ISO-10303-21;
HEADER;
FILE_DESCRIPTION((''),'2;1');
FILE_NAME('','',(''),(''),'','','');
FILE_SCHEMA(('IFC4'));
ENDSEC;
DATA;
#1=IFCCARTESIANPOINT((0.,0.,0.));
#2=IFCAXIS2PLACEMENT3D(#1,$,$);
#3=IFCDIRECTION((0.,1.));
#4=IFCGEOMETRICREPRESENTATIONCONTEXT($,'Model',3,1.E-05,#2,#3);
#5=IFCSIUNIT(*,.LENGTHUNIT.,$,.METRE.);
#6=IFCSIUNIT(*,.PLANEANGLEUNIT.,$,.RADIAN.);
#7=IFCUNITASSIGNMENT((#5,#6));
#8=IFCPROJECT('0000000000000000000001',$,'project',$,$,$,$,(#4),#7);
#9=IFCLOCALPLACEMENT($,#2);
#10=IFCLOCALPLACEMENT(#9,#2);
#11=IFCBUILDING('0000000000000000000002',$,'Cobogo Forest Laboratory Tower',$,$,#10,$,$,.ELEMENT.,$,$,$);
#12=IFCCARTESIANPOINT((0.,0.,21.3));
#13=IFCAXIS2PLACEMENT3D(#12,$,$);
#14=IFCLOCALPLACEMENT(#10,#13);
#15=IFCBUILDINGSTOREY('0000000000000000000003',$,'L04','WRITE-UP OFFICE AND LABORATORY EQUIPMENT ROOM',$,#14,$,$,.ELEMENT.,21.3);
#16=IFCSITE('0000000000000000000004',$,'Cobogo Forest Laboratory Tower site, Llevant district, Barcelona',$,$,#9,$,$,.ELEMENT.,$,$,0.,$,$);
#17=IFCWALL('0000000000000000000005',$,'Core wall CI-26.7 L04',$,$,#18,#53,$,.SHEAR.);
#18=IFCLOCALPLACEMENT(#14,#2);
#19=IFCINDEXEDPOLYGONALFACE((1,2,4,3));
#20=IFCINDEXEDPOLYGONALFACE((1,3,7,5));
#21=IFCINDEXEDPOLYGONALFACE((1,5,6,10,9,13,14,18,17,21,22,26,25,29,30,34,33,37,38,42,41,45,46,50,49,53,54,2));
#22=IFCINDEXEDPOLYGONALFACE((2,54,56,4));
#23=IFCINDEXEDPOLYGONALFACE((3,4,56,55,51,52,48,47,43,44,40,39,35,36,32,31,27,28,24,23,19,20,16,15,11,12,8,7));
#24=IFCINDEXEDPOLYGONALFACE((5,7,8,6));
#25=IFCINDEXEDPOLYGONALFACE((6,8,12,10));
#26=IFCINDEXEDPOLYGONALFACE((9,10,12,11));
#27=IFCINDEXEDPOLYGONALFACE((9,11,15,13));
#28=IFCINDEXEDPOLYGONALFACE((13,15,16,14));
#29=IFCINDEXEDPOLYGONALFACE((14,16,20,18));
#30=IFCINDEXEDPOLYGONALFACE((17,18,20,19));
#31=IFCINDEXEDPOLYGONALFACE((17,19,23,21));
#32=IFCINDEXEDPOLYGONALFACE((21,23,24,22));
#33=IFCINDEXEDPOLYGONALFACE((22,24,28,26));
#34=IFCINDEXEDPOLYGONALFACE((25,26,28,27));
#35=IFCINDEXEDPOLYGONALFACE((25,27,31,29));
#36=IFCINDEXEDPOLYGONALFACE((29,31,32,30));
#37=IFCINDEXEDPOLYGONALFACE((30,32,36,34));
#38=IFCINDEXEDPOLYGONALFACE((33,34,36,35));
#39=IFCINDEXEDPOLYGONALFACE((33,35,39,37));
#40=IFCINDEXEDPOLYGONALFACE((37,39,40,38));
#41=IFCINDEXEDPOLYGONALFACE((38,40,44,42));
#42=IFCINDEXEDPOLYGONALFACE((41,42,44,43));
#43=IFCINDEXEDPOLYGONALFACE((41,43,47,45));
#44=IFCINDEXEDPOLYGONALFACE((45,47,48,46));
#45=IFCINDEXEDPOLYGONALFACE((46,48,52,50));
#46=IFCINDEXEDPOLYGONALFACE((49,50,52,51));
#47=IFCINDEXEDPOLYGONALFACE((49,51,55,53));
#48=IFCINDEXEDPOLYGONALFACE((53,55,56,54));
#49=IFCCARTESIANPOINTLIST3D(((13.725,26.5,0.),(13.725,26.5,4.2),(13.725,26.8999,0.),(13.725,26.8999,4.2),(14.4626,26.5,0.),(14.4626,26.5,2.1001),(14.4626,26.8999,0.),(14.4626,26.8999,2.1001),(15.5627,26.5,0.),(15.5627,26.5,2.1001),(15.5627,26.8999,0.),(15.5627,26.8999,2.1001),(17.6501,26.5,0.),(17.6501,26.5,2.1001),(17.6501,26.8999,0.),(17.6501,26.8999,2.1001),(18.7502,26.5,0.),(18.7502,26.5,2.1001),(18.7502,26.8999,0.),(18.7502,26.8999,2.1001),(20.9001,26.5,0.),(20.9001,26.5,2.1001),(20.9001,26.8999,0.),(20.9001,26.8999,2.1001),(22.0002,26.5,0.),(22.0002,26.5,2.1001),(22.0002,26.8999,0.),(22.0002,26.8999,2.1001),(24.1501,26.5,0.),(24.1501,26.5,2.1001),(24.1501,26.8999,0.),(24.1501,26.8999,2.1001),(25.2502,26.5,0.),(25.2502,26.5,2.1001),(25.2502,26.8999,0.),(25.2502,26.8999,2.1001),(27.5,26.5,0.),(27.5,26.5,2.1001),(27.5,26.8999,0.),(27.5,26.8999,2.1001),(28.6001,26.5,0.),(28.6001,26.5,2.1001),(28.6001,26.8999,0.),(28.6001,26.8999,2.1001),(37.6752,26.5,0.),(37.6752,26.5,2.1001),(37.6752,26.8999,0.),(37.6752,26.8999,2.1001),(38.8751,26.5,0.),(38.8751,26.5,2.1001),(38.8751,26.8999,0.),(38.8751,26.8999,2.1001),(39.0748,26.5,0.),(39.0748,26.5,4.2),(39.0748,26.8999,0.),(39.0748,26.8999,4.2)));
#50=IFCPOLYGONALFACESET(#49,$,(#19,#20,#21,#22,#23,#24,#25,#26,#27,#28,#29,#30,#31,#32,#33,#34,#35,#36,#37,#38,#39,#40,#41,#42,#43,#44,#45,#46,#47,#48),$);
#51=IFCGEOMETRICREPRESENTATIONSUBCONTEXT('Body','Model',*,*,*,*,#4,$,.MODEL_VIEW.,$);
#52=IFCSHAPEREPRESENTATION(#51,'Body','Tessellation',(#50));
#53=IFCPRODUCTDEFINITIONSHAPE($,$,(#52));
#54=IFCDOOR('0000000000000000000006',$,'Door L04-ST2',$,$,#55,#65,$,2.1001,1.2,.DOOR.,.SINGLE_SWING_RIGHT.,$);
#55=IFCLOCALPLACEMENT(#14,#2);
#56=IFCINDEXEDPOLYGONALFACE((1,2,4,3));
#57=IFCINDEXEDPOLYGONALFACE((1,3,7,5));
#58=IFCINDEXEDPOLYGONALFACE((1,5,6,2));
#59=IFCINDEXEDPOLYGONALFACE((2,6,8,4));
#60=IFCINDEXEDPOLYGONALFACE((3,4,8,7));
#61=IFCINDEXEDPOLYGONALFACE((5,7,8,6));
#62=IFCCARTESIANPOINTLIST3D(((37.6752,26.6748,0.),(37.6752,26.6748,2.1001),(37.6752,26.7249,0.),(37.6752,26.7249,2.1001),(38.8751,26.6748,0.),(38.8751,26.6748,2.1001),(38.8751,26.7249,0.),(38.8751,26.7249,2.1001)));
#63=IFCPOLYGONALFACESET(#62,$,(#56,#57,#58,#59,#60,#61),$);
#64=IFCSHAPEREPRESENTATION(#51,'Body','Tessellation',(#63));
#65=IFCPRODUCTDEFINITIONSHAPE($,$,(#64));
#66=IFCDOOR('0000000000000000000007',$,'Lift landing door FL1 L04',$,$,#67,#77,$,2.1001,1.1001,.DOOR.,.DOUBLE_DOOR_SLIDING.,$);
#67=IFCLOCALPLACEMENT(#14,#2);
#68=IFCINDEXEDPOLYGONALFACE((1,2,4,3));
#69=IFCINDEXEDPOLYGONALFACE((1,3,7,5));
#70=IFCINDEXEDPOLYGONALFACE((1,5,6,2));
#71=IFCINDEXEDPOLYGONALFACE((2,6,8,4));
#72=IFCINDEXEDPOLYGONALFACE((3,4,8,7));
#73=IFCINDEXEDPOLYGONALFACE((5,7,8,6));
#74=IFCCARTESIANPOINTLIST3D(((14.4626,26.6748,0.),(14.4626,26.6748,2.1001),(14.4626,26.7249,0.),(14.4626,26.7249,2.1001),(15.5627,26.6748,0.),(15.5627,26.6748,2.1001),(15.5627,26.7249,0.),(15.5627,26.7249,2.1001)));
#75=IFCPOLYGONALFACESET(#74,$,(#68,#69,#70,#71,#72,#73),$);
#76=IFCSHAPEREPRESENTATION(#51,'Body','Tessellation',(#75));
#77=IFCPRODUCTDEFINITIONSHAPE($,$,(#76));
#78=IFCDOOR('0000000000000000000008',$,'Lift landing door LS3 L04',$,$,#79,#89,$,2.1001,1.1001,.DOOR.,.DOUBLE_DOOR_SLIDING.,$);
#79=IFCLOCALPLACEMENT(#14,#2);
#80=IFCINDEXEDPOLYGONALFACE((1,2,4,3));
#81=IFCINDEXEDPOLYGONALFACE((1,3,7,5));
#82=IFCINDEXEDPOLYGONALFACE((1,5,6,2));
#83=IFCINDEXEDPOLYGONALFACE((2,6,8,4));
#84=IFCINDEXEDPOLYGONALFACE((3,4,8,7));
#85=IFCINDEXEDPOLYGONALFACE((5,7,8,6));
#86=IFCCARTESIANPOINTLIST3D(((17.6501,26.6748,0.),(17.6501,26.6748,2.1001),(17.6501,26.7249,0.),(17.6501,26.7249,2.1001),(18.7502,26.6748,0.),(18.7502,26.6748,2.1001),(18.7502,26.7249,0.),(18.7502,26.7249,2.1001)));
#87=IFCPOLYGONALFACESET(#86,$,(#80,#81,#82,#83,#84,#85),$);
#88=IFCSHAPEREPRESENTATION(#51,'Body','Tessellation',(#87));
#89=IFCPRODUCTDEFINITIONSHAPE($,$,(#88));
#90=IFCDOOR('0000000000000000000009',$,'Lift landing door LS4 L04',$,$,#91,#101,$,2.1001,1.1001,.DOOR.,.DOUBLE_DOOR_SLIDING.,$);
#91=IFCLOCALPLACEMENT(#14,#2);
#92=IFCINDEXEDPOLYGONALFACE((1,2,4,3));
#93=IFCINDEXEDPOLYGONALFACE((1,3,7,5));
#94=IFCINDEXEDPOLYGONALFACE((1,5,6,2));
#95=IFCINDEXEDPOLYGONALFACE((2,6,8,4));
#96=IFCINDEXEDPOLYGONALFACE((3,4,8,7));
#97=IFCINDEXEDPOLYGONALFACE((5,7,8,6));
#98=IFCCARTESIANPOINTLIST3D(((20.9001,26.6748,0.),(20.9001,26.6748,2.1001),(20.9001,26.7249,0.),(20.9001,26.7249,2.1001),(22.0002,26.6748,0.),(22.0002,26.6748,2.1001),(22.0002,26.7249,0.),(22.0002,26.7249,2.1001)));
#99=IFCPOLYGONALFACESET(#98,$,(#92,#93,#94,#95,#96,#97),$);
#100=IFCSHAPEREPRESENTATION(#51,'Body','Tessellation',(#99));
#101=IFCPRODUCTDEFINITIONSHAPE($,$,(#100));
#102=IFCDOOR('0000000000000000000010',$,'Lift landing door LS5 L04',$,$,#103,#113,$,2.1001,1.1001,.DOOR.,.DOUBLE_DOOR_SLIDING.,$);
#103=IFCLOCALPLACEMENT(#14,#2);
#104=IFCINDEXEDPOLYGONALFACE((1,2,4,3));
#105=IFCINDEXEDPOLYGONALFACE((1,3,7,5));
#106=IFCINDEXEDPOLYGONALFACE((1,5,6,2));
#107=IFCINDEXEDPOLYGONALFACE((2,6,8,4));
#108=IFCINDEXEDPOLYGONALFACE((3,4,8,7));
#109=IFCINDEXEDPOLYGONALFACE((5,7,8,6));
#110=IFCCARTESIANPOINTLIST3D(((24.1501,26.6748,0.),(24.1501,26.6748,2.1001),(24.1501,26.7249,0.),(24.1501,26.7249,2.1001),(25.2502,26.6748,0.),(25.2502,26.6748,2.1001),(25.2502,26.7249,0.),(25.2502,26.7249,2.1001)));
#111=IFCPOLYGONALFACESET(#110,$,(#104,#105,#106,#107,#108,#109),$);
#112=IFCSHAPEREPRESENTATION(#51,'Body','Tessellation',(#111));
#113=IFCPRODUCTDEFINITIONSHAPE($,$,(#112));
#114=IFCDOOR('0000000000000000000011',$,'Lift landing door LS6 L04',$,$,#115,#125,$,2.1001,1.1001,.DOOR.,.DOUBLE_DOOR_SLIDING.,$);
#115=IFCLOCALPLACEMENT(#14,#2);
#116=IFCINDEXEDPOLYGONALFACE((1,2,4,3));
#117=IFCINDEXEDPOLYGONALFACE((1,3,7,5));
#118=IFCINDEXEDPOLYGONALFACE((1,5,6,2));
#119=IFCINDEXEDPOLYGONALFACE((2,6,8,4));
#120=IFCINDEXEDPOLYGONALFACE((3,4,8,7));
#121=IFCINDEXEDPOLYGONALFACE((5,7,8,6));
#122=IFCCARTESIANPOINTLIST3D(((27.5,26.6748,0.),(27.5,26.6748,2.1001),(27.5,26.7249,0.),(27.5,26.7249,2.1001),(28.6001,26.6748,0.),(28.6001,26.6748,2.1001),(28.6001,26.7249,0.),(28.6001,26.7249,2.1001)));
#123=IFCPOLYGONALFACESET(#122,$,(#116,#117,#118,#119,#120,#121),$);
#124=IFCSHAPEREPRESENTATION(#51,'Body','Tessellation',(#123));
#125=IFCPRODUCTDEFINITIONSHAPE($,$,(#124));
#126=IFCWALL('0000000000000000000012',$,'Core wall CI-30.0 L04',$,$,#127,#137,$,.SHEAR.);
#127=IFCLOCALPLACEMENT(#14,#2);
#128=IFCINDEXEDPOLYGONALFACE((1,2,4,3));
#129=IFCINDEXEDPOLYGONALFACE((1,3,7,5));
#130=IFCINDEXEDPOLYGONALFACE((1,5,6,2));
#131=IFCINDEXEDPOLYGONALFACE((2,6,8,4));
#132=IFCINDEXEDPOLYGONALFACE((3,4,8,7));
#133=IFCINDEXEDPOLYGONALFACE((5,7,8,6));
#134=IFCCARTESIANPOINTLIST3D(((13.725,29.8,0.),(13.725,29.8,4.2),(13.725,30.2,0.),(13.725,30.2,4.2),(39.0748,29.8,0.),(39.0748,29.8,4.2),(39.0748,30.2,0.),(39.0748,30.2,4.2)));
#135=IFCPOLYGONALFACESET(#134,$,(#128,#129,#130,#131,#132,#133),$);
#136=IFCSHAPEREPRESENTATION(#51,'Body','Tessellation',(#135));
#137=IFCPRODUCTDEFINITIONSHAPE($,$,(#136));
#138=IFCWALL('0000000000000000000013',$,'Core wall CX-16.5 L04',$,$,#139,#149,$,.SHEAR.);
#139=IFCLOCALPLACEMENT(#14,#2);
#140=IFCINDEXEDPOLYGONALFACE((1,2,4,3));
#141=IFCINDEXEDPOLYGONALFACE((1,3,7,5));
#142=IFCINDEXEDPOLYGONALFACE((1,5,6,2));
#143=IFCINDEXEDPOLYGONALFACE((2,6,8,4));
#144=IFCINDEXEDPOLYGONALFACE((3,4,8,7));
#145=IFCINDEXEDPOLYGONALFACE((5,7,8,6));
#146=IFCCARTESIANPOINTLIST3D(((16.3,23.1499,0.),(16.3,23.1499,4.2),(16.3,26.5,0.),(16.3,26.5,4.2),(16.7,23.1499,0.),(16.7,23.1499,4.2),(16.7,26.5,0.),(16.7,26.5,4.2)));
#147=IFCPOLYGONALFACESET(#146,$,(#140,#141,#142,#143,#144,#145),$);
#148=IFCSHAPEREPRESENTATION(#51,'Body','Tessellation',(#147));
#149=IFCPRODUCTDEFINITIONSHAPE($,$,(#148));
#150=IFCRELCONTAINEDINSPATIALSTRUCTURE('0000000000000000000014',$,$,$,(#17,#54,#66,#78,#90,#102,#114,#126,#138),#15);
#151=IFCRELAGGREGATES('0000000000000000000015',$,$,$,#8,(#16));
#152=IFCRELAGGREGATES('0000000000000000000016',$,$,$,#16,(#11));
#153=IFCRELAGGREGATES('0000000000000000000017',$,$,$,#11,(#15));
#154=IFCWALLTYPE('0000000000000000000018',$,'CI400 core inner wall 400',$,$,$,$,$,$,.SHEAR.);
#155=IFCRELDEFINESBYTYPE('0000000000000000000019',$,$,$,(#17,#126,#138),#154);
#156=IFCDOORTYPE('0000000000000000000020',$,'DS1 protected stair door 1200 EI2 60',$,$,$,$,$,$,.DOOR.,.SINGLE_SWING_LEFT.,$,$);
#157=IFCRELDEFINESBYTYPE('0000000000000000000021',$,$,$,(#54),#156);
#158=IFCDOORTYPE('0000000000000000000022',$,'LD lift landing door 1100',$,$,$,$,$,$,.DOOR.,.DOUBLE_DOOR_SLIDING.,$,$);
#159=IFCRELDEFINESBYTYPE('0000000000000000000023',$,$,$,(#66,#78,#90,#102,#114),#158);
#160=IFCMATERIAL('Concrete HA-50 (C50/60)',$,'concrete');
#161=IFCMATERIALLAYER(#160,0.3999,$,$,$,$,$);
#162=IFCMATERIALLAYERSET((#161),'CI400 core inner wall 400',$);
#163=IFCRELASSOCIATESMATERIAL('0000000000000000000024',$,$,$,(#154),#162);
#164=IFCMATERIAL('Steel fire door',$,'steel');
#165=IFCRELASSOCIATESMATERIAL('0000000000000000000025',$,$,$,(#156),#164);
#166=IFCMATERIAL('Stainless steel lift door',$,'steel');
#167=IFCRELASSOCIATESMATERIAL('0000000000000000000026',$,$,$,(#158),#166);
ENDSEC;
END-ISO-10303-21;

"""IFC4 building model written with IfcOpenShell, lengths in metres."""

from ifc_helpers import new_model, si_unit, direction, frame, frame_2d, origin, place, context, subcontext, project, spatial, rectangle, extrude, material, layer, layer_set, type_object, element, fill, save


model = new_model("IFC4")

# Units and contexts
model_context = context("Model", 3, precision=1e-05, world=origin(), true_north=direction((0.0, 1.0)))
body_context = subcontext(model_context, "Body", "Model", "MODEL_VIEW")
ifc_project = project(units=[si_unit("LENGTHUNIT", "METRE"), si_unit("PLANEANGLEUNIT", "RADIAN")], contexts=[model_context])

# Site, building, storey
site_placement = place(None, origin())
site = spatial("IfcSite", under=ifc_project, at=site_placement, Name="Cobogo Forest Laboratory Tower site, Llevant district, Barcelona", CompositionType="ELEMENT", RefElevation=0.0)
building_placement = place(site_placement, origin())
building = spatial("IfcBuilding", under=site, at=building_placement, Name="Cobogo Forest Laboratory Tower", CompositionType="ELEMENT")
storey_placement = place(building_placement, frame((0.0, 0.0, 21.3)))
storey = spatial("IfcBuildingStorey", under=building, at=storey_placement, Name="L04", Description="WRITE-UP OFFICE AND LABORATORY EQUIPMENT ROOM", CompositionType="ELEMENT", Elevation=21.3)

# Shared definitions
ifc_material_1 = material(Name="Concrete HA-50 (C50/60)", Category="concrete")

# Shared definitions
ifc_layer_1 = layer(ifc_material_1, 0.3999)
ifc_layer_set_1 = layer_set([ifc_layer_1], Name="CI400 core inner wall 400")
wall_type_1 = type_object("IfcWallType", Name="CI400 core inner wall 400", PredefinedType="SHEAR", material=ifc_layer_set_1)

# Wall, openings, doors
wall_1_placement = place(storey_placement, frame((13.7251, 26.7, 0.0), z_axis=(0.0, 0.0, 1.0), x_axis=(1.0, 0.0, 0.0)))
wall_1 = element("IfcWall", 1, at=wall_1_placement, inside=storey, type_object=wall_type_1, Name="Core wall CI-26.7 L04", PredefinedType="SHEAR", context=body_context, shape_type="SweptSolid", body=[
    extrude(rectangle(XDim=25.3499, YDim=0.3999, at=frame_2d((12.6748, 0.0))), origin(), (0.0, 0.0, 1.0), 4.2),
])
opening_1_placement = place(wall_1_placement, frame((23.95, 0.0, 0.0)))
opening_1 = element("IfcOpeningElement", 2, at=opening_1_placement, cuts=wall_1, PredefinedType="OPENING", context=body_context, shape_type="SweptSolid", body=[
    extrude(rectangle(XDim=1.2, YDim=2.1001, at=frame_2d((0.6001, 1.05))), frame((0.0, 0.21, 0.0), z_axis=(0.0, -1.0, 0.0), x_axis=(1.0, 0.0, 0.0)), (0.0, 0.0, 1.0), 0.4199),
])
opening_2_placement = place(wall_1_placement, frame((0.7375, 0.0, 0.0)))
opening_2 = element("IfcOpeningElement", 3, at=opening_2_placement, cuts=wall_1, PredefinedType="OPENING", context=body_context, shape_type="SweptSolid", body=[
    extrude(rectangle(XDim=1.1001, YDim=2.1001, at=frame_2d((0.55, 1.05))), frame((0.0, 0.21, 0.0), z_axis=(0.0, -1.0, 0.0), x_axis=(1.0, 0.0, 0.0)), (0.0, 0.0, 1.0), 0.4199),
])
opening_3_placement = place(wall_1_placement, frame((3.925, 0.0, 0.0)))
opening_3 = element("IfcOpeningElement", 4, at=opening_3_placement, cuts=wall_1, PredefinedType="OPENING", context=body_context, shape_type="SweptSolid", body=[
    extrude(rectangle(XDim=1.1001, YDim=2.1001, at=frame_2d((0.55, 1.05))), frame((0.0, 0.21, 0.0), z_axis=(0.0, -1.0, 0.0), x_axis=(1.0, 0.0, 0.0)), (0.0, 0.0, 1.0), 0.4199),
])
opening_4_placement = place(wall_1_placement, frame((7.175, 0.0, 0.0)))
opening_4 = element("IfcOpeningElement", 5, at=opening_4_placement, cuts=wall_1, PredefinedType="OPENING", context=body_context, shape_type="SweptSolid", body=[
    extrude(rectangle(XDim=1.1001, YDim=2.1001, at=frame_2d((0.55, 1.05))), frame((0.0, 0.21, 0.0), z_axis=(0.0, -1.0, 0.0), x_axis=(1.0, 0.0, 0.0)), (0.0, 0.0, 1.0), 0.4199),
])
opening_5_placement = place(wall_1_placement, frame((10.425, 0.0, 0.0)))
opening_5 = element("IfcOpeningElement", 6, at=opening_5_placement, cuts=wall_1, PredefinedType="OPENING", context=body_context, shape_type="SweptSolid", body=[
    extrude(rectangle(XDim=1.1001, YDim=2.1001, at=frame_2d((0.55, 1.05))), frame((0.0, 0.21, 0.0), z_axis=(0.0, -1.0, 0.0), x_axis=(1.0, 0.0, 0.0)), (0.0, 0.0, 1.0), 0.4199),
])
opening_6_placement = place(wall_1_placement, frame((13.7749, 0.0, 0.0)))
opening_6 = element("IfcOpeningElement", 7, at=opening_6_placement, cuts=wall_1, PredefinedType="OPENING", context=body_context, shape_type="SweptSolid", body=[
    extrude(rectangle(XDim=1.1001, YDim=2.1001, at=frame_2d((0.55, 1.05))), frame((0.0, 0.21, 0.0), z_axis=(0.0, -1.0, 0.0), x_axis=(1.0, 0.0, 0.0)), (0.0, 0.0, 1.0), 0.4199),
])
ifc_material_2 = material(Name="Steel fire door", Category="steel")
door_type_1 = type_object("IfcDoorType", Name="DS1 protected stair door 1200 EI2 60", OperationType="SINGLE_SWING_LEFT", PredefinedType="DOOR", material=ifc_material_2)
door_1_placement = place(opening_1_placement, origin())
door_1 = element("IfcDoor", 8, at=door_1_placement, inside=storey, type_object=door_type_1, Name="Door L04-ST2", OperationType="SINGLE_SWING_RIGHT", OverallHeight=2.1001, OverallWidth=1.2, PredefinedType="DOOR", context=body_context, shape_type="SweptSolid", body=[
    extrude(rectangle(XDim=1.2, YDim=2.1001, at=frame_2d((0.6001, 1.05))), frame((0.0, 0.0249, 0.0), z_axis=(0.0, -1.0, 0.0), x_axis=(1.0, 0.0, 0.0)), (0.0, 0.0, 1.0), 0.05),
])
fill(opening_1, door_1)
ifc_material_3 = material(Name="Stainless steel lift door", Category="steel")
door_type_2 = type_object("IfcDoorType", Name="LD lift landing door 1100", OperationType="DOUBLE_DOOR_SLIDING", PredefinedType="DOOR", material=ifc_material_3)
door_2_placement = place(opening_2_placement, origin())
door_2 = element("IfcDoor", 9, at=door_2_placement, inside=storey, type_object=door_type_2, Name="Lift landing door FL1 L04", OperationType="DOUBLE_DOOR_SLIDING", OverallHeight=2.1001, OverallWidth=1.1001, PredefinedType="DOOR", context=body_context, shape_type="SweptSolid", body=[
    extrude(rectangle(XDim=1.1001, YDim=2.1001, at=frame_2d((0.55, 1.05))), frame((0.0, 0.0249, 0.0), z_axis=(0.0, -1.0, 0.0), x_axis=(1.0, 0.0, 0.0)), (0.0, 0.0, 1.0), 0.05),
])
fill(opening_2, door_2)
door_3_placement = place(opening_3_placement, origin())
door_3 = element("IfcDoor", 10, at=door_3_placement, inside=storey, type_object=door_type_2, Name="Lift landing door LS3 L04", OperationType="DOUBLE_DOOR_SLIDING", OverallHeight=2.1001, OverallWidth=1.1001, PredefinedType="DOOR", context=body_context, shape_type="SweptSolid", body=[
    extrude(rectangle(XDim=1.1001, YDim=2.1001, at=frame_2d((0.55, 1.05))), frame((0.0, 0.0249, 0.0), z_axis=(0.0, -1.0, 0.0), x_axis=(1.0, 0.0, 0.0)), (0.0, 0.0, 1.0), 0.05),
])
fill(opening_3, door_3)
door_4_placement = place(opening_4_placement, origin())
door_4 = element("IfcDoor", 11, at=door_4_placement, inside=storey, type_object=door_type_2, Name="Lift landing door LS4 L04", OperationType="DOUBLE_DOOR_SLIDING", OverallHeight=2.1001, OverallWidth=1.1001, PredefinedType="DOOR", context=body_context, shape_type="SweptSolid", body=[
    extrude(rectangle(XDim=1.1001, YDim=2.1001, at=frame_2d((0.55, 1.05))), frame((0.0, 0.0249, 0.0), z_axis=(0.0, -1.0, 0.0), x_axis=(1.0, 0.0, 0.0)), (0.0, 0.0, 1.0), 0.05),
])
fill(opening_4, door_4)
door_5_placement = place(opening_5_placement, origin())
door_5 = element("IfcDoor", 12, at=door_5_placement, inside=storey, type_object=door_type_2, Name="Lift landing door LS5 L04", OperationType="DOUBLE_DOOR_SLIDING", OverallHeight=2.1001, OverallWidth=1.1001, PredefinedType="DOOR", context=body_context, shape_type="SweptSolid", body=[
    extrude(rectangle(XDim=1.1001, YDim=2.1001, at=frame_2d((0.55, 1.05))), frame((0.0, 0.0249, 0.0), z_axis=(0.0, -1.0, 0.0), x_axis=(1.0, 0.0, 0.0)), (0.0, 0.0, 1.0), 0.05),
])
fill(opening_5, door_5)
door_6_placement = place(opening_6_placement, origin())
door_6 = element("IfcDoor", 13, at=door_6_placement, inside=storey, type_object=door_type_2, Name="Lift landing door LS6 L04", OperationType="DOUBLE_DOOR_SLIDING", OverallHeight=2.1001, OverallWidth=1.1001, PredefinedType="DOOR", context=body_context, shape_type="SweptSolid", body=[
    extrude(rectangle(XDim=1.1001, YDim=2.1001, at=frame_2d((0.55, 1.05))), frame((0.0, 0.0249, 0.0), z_axis=(0.0, -1.0, 0.0), x_axis=(1.0, 0.0, 0.0)), (0.0, 0.0, 1.0), 0.05),
])
fill(opening_6, door_6)

# Walls
wall_2_placement = place(storey_placement, frame((13.7251, 30.0, 0.0), z_axis=(0.0, 0.0, 1.0), x_axis=(1.0, 0.0, 0.0)))
element("IfcWall", 14, at=wall_2_placement, inside=storey, type_object=wall_type_1, Name="Core wall CI-30.0 L04", PredefinedType="SHEAR", context=body_context, shape_type="SweptSolid", body=[
    extrude(rectangle(XDim=25.3499, YDim=0.3999, at=frame_2d((12.6748, 0.0))), origin(), (0.0, 0.0, 1.0), 4.2),
])
wall_3_placement = place(storey_placement, frame((16.5, 23.1499, 0.0), z_axis=(0.0, 0.0, 1.0), x_axis=(0.0, 1.0, 0.0)))
element("IfcWall", 15, at=wall_3_placement, inside=storey, type_object=wall_type_1, Name="Core wall CX-16.5 L04", PredefinedType="SHEAR", context=body_context, shape_type="SweptSolid", body=[
    extrude(rectangle(XDim=3.3501, YDim=0.3999, at=frame_2d((1.675, 0.0))), origin(), (0.0, 0.0, 1.0), 4.2),
])

save(model, "model.ifc")
